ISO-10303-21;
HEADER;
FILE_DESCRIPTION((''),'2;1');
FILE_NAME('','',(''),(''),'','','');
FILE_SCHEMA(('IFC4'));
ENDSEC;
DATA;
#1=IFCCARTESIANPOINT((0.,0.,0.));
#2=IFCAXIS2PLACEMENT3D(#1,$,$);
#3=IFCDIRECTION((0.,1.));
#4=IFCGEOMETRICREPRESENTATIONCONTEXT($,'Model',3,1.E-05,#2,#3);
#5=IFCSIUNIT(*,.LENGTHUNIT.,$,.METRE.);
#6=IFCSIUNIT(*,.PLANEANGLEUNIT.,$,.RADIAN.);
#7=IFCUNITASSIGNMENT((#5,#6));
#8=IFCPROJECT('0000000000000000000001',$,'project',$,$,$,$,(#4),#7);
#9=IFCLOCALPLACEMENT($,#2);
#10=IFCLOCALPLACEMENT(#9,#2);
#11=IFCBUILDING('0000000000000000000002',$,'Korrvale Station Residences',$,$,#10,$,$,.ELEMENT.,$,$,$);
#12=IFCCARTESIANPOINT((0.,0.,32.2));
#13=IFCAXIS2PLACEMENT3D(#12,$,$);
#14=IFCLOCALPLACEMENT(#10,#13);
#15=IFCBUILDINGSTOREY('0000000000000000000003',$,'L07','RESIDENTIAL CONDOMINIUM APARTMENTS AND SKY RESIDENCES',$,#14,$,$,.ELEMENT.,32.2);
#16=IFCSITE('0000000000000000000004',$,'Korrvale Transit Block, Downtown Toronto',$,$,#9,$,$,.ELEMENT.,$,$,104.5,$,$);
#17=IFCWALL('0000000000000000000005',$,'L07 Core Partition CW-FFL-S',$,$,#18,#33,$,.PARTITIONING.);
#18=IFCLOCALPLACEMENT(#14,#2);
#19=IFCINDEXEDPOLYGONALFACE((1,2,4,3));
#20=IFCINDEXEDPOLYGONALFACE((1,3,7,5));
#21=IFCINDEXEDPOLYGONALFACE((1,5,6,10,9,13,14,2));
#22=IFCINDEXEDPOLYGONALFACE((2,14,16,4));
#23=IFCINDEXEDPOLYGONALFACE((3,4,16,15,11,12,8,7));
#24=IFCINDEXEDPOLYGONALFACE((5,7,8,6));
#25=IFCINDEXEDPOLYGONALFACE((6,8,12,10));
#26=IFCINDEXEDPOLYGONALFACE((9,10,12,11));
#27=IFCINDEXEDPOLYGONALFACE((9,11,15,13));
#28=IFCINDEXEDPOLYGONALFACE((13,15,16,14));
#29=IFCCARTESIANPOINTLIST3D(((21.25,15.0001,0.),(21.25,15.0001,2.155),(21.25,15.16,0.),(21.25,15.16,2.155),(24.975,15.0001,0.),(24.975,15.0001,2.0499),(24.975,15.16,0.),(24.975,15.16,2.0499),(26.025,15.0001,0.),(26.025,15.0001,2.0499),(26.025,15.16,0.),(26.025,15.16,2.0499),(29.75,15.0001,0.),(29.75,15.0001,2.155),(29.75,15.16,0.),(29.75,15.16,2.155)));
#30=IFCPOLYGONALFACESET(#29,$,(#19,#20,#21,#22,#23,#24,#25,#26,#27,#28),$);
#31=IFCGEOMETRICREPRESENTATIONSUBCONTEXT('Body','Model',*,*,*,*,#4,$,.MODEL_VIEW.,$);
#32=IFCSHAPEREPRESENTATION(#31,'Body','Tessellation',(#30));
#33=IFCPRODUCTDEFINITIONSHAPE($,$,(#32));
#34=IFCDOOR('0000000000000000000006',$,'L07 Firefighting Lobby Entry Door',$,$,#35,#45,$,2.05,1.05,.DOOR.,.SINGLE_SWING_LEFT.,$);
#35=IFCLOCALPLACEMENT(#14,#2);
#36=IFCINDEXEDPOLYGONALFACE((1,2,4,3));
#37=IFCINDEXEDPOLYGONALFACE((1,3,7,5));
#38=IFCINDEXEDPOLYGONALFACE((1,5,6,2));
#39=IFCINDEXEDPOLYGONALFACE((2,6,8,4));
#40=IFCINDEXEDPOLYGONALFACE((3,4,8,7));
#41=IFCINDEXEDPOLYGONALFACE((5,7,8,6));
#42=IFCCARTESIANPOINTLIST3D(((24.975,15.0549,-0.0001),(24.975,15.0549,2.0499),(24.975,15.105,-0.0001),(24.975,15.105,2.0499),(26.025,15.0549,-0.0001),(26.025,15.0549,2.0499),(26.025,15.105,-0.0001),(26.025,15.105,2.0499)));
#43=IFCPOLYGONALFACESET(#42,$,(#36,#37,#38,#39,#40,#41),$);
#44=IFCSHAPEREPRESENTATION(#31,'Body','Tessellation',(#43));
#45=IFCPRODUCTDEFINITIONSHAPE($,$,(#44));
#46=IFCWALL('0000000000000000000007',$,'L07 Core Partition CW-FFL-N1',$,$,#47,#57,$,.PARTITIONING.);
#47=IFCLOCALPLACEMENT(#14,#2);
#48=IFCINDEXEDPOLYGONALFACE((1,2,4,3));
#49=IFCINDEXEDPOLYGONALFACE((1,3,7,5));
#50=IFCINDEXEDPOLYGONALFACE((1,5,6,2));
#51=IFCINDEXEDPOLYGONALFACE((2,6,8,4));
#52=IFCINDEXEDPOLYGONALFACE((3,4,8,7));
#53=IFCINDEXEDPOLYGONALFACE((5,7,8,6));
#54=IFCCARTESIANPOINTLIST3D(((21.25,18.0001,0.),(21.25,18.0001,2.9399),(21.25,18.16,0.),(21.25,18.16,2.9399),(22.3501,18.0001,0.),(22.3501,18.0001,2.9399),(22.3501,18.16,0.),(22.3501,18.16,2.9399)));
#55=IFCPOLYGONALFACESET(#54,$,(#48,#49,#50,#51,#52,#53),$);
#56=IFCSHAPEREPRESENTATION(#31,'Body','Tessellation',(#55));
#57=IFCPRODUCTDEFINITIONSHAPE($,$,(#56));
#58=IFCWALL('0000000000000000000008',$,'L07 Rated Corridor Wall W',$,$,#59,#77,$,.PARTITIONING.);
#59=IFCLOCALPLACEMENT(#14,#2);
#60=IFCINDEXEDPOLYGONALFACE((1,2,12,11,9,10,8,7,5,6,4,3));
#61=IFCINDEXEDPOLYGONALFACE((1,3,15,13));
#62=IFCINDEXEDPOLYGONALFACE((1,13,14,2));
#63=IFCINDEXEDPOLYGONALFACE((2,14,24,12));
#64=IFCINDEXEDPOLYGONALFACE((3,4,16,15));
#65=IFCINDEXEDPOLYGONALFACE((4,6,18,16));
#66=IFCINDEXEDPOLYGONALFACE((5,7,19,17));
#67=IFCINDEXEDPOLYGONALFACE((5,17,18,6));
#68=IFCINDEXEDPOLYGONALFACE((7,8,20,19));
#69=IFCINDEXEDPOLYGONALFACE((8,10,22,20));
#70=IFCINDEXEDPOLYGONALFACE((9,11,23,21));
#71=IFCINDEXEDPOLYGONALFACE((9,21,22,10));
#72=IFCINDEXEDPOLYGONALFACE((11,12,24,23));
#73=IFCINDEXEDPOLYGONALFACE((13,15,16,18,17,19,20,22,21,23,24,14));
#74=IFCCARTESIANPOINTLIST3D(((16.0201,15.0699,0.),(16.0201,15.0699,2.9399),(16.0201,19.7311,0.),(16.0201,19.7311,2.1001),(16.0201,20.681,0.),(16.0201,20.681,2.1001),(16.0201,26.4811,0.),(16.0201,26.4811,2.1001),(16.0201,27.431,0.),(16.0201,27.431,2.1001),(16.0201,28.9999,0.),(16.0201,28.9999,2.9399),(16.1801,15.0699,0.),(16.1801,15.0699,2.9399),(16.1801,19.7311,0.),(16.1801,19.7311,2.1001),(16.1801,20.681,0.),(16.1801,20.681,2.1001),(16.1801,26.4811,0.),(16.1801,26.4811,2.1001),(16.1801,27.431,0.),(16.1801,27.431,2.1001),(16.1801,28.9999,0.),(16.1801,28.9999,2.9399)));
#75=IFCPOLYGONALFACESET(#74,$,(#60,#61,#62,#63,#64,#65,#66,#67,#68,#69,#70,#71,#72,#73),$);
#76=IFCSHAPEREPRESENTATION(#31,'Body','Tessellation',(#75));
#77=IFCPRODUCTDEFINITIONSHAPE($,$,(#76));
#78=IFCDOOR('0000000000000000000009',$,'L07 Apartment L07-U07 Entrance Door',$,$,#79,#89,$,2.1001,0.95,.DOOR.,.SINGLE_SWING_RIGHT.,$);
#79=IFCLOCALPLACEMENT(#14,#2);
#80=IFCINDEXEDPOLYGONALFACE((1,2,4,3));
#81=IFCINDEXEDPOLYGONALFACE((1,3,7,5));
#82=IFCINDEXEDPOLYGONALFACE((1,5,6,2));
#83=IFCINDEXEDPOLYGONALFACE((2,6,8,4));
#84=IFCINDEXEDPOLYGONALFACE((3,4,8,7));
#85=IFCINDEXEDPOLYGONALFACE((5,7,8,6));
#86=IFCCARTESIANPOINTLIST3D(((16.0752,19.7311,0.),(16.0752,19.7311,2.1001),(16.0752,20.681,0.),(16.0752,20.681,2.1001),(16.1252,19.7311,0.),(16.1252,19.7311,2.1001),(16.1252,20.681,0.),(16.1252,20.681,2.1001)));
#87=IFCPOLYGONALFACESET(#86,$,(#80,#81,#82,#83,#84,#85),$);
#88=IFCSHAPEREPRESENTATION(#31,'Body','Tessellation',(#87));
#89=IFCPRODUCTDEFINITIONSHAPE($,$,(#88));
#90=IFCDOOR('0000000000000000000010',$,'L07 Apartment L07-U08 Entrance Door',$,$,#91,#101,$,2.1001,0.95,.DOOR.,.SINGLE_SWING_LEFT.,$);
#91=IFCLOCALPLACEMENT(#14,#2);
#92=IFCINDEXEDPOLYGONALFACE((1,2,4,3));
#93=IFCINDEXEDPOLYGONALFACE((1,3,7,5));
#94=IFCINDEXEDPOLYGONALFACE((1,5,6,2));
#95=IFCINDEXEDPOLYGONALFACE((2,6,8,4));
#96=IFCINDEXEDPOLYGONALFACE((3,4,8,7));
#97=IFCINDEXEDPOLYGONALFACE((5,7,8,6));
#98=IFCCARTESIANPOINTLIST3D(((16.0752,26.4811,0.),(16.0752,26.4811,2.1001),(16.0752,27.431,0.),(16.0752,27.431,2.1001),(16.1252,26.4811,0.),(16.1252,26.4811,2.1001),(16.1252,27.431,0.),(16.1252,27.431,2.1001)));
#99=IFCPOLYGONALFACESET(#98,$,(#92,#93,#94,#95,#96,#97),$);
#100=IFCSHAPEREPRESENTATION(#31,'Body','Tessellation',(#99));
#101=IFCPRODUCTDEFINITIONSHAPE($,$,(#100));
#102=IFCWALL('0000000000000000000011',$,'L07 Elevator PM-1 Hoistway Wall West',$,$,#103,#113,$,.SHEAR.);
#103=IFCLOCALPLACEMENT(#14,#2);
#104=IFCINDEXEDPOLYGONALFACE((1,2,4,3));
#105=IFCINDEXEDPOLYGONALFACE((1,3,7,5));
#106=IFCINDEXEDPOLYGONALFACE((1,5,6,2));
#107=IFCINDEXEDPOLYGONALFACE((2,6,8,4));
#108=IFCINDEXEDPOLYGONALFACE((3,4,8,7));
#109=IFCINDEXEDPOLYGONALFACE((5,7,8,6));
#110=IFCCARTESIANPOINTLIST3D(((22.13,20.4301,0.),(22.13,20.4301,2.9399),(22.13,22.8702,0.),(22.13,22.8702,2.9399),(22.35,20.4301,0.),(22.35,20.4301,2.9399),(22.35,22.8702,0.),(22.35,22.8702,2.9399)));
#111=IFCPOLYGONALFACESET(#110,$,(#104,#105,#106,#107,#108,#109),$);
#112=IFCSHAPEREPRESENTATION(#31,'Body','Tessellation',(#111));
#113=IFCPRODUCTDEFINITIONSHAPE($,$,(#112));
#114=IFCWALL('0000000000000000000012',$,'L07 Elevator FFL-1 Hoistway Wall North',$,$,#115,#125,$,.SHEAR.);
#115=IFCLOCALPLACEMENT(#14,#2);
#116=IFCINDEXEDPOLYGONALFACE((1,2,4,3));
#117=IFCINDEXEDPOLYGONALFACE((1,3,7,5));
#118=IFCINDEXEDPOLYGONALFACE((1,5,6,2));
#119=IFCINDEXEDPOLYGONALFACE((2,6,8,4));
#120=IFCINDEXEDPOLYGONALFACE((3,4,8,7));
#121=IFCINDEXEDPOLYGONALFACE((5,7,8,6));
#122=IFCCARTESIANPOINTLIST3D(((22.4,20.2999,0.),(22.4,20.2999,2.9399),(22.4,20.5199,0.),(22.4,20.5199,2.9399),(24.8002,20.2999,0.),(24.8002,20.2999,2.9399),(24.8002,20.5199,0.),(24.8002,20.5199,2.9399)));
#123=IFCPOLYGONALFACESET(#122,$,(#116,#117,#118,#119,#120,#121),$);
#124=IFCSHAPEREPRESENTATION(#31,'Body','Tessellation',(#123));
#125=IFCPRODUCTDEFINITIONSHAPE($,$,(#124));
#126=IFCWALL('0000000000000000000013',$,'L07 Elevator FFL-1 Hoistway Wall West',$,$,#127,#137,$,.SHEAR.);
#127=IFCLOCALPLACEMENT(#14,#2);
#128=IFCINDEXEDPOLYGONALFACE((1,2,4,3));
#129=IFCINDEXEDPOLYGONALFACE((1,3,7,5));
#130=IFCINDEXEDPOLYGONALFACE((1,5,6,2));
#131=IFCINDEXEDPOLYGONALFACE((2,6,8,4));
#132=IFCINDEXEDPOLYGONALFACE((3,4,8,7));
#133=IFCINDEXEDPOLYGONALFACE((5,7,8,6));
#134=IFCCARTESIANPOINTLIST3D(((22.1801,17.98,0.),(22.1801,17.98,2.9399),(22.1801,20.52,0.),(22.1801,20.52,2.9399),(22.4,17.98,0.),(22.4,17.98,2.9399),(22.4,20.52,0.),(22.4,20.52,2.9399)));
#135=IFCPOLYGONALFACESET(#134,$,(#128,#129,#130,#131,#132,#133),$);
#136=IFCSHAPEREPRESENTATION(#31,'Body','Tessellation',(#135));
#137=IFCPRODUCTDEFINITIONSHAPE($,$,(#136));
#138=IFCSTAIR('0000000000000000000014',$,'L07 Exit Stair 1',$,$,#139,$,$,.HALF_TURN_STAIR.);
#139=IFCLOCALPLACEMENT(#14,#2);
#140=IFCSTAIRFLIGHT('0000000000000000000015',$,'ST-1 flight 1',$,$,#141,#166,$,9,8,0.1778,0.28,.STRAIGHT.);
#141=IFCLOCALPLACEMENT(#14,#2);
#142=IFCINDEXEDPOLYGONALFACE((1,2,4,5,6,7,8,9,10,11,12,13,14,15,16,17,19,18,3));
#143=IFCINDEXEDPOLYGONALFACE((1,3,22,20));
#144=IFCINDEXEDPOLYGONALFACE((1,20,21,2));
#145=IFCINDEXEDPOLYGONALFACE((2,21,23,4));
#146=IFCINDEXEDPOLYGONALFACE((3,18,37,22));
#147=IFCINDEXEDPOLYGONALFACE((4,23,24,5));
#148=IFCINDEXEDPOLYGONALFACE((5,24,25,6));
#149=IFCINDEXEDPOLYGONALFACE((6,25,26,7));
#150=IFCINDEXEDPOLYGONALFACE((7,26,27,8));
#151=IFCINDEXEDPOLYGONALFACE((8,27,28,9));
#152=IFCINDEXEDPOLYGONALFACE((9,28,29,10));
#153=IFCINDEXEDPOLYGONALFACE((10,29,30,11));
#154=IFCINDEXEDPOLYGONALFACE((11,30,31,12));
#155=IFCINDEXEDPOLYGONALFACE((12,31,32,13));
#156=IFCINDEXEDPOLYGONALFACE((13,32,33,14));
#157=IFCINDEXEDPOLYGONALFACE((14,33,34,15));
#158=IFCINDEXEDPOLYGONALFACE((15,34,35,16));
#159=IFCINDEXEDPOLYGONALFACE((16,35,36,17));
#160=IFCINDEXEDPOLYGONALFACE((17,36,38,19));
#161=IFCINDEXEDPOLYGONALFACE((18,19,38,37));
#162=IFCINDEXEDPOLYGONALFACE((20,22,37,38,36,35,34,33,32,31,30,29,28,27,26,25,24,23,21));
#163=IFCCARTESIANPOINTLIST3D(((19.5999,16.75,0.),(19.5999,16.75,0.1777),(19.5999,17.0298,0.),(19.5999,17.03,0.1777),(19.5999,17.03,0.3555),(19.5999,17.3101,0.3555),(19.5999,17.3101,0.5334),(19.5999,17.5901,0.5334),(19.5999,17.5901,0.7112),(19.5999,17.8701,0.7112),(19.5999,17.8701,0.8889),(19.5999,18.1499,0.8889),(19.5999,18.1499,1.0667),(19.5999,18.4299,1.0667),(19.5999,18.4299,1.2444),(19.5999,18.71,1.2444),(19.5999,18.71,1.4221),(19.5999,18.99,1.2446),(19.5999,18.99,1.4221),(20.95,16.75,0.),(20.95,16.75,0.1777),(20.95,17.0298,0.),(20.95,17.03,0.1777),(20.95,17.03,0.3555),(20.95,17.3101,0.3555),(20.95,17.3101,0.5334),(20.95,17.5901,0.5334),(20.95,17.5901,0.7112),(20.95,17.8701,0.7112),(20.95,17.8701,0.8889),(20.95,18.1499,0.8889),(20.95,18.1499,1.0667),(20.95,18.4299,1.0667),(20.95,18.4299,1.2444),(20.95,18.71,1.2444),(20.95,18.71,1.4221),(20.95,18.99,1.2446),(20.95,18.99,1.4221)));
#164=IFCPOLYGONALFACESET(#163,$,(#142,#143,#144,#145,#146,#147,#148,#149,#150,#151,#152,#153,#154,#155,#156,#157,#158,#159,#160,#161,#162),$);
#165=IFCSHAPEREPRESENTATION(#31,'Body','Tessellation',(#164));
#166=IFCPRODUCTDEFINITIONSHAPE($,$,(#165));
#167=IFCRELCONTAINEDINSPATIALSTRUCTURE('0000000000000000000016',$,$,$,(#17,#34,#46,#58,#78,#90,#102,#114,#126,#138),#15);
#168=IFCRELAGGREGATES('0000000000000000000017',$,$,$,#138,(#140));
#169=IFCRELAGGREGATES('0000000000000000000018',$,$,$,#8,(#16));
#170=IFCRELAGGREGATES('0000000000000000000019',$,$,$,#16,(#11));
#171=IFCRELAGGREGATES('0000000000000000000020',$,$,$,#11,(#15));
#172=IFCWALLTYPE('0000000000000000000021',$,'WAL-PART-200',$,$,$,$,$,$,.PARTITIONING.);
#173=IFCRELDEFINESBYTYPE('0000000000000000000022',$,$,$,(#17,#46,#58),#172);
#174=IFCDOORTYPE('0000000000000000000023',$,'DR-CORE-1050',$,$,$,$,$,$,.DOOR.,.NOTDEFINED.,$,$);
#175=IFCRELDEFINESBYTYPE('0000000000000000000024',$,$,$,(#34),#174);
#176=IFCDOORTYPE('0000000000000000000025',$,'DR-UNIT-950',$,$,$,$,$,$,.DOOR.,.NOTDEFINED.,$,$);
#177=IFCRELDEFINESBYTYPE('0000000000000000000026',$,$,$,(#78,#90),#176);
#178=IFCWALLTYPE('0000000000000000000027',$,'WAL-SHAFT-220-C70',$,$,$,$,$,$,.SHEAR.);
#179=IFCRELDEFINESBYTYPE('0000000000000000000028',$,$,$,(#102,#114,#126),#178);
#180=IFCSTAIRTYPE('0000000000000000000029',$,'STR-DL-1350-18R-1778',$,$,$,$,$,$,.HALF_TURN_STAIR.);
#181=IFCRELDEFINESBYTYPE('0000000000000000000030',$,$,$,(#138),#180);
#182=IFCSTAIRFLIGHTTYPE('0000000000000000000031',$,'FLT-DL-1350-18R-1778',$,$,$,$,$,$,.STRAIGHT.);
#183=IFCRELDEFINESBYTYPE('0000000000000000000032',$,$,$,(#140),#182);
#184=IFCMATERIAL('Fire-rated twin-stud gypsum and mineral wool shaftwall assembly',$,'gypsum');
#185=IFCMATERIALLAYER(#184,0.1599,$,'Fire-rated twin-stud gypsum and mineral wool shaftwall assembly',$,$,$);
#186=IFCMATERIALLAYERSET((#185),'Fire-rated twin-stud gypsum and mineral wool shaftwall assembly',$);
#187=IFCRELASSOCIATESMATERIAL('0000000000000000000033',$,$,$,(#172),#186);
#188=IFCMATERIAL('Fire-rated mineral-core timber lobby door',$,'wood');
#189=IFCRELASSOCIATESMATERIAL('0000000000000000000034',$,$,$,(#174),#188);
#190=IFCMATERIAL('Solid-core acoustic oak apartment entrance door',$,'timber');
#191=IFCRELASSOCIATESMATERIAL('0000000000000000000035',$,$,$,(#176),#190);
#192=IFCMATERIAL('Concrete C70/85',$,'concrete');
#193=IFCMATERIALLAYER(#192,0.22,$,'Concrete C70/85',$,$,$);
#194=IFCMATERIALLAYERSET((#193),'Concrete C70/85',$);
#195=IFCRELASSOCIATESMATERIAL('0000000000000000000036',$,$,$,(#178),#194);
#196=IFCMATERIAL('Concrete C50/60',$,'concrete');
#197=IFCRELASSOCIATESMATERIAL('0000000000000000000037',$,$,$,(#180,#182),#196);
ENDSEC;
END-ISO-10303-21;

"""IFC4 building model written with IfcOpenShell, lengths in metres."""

from ifc_helpers import new_model, si_unit, direction, frame, frame_2d, origin, place, context, subcontext, project, spatial, polyline, rectangle, outline, extrude, material, layer, layer_set, type_object, element, fill, aggregate, save


model = new_model("IFC4")

# Units and contexts
model_context = context("Model", 3, precision=1e-05, world=origin(), true_north=direction((0.0, 1.0)))
body_context = subcontext(model_context, "Body", "Model", "MODEL_VIEW")
ifc_project = project(units=[si_unit("LENGTHUNIT", "METRE"), si_unit("PLANEANGLEUNIT", "RADIAN")], contexts=[model_context])

# Site, building, storey
site_placement = place(None, origin())
site = spatial("IfcSite", under=ifc_project, at=site_placement, Name="Korrvale Transit Block, Downtown Toronto", CompositionType="ELEMENT", RefElevation=104.5)
building_placement = place(site_placement, origin())
building = spatial("IfcBuilding", under=site, at=building_placement, Name="Korrvale Station Residences", CompositionType="ELEMENT")
storey_placement = place(building_placement, frame((0.0, 0.0, 32.2)))
storey = spatial("IfcBuildingStorey", under=building, at=storey_placement, Name="L07", Description="RESIDENTIAL CONDOMINIUM APARTMENTS AND SKY RESIDENCES", CompositionType="ELEMENT", Elevation=32.2)

# Shared definitions
ifc_material_1 = material(Name="Concrete C70/85", Category="concrete")

# Wall, opening, door
ifc_material_2 = material(Name="Fire-rated twin-stud gypsum and mineral wool shaftwall assembly", Category="gypsum")
ifc_layer_1 = layer(ifc_material_2, 0.1599, Name="Fire-rated twin-stud gypsum and mineral wool shaftwall assembly")
ifc_layer_set_1 = layer_set([ifc_layer_1], Name="Fire-rated twin-stud gypsum and mineral wool shaftwall assembly")
wall_type_1 = type_object("IfcWallType", Name="WAL-PART-200", PredefinedType="PARTITIONING", material=ifc_layer_set_1)
wall_1_placement = place(storey_placement, frame((21.25, 15.0801, 0.0), z_axis=(0.0, 0.0, 1.0), x_axis=(1.0, 0.0, 0.0)))
wall_1 = element("IfcWall", 1, at=wall_1_placement, inside=storey, type_object=wall_type_1, Name="L07 Core Partition CW-FFL-S", PredefinedType="PARTITIONING", context=body_context, shape_type="SweptSolid", body=[
    extrude(rectangle(XDim=8.5, YDim=0.1599, at=frame_2d((4.25, 0.0))), origin(), (0.0, 0.0, 1.0), 2.155),
])
opening_1_placement = place(wall_1_placement, frame((3.7251, 0.0, 0.0)))
opening_1 = element("IfcOpeningElement", 2, at=opening_1_placement, cuts=wall_1, PredefinedType="OPENING", context=body_context, shape_type="SweptSolid", body=[
    extrude(rectangle(XDim=1.05, YDim=2.05, at=frame_2d((0.5249, 1.0249))), frame((0.0, 0.0898, 0.0), z_axis=(0.0, -1.0, 0.0), x_axis=(1.0, 0.0, 0.0)), (0.0, 0.0, 1.0), 0.1799),
])
ifc_material_3 = material(Name="Fire-rated mineral-core timber lobby door", Category="wood")
door_type_1 = type_object("IfcDoorType", Name="DR-CORE-1050", OperationType="NOTDEFINED", PredefinedType="DOOR", material=ifc_material_3)
door_1_placement = place(opening_1_placement, origin())
door_1 = element("IfcDoor", 3, at=door_1_placement, inside=storey, type_object=door_type_1, Name="L07 Firefighting Lobby Entry Door", OperationType="SINGLE_SWING_LEFT", OverallHeight=2.05, OverallWidth=1.05, PredefinedType="DOOR", context=body_context, shape_type="SweptSolid", body=[
    extrude(rectangle(XDim=1.05, YDim=2.05, at=frame_2d((0.5249, 1.0249))), frame((0.0, 0.0249, 0.0), z_axis=(0.0, -1.0, 0.0), x_axis=(1.0, 0.0, 0.0)), (0.0, 0.0, 1.0), 0.05),
])
fill(opening_1, door_1)

# Wall
wall_2_placement = place(storey_placement, frame((21.25, 18.0801, 0.0), z_axis=(0.0, 0.0, 1.0), x_axis=(1.0, 0.0, 0.0)))
element("IfcWall", 4, at=wall_2_placement, inside=storey, type_object=wall_type_1, Name="L07 Core Partition CW-FFL-N1", PredefinedType="PARTITIONING", context=body_context, shape_type="SweptSolid", body=[
    extrude(rectangle(XDim=1.1001, YDim=0.1599, at=frame_2d((0.55, 0.0))), origin(), (0.0, 0.0, 1.0), 2.9399),
])

# Wall, openings, doors
wall_3_placement = place(storey_placement, frame((16.1001, 15.0701, 0.0), z_axis=(0.0, 0.0, 1.0), x_axis=(0.0, 1.0, 0.0)))
wall_3 = element("IfcWall", 5, at=wall_3_placement, inside=storey, type_object=wall_type_1, Name="L07 Rated Corridor Wall W", PredefinedType="PARTITIONING", context=body_context, shape_type="SweptSolid", body=[
    extrude(rectangle(XDim=13.9299, YDim=0.1599, at=frame_2d((6.9648, 0.0))), origin(), (0.0, 0.0, 1.0), 2.9399),
])
opening_2_placement = place(wall_3_placement, frame((4.6609, 0.0, 0.0)))
opening_2 = element("IfcOpeningElement", 6, at=opening_2_placement, cuts=wall_3, PredefinedType="OPENING", context=body_context, shape_type="SweptSolid", body=[
    extrude(rectangle(XDim=0.95, YDim=2.1001, at=frame_2d((0.4751, 1.05))), frame((0.0, 0.0898, 0.0), z_axis=(0.0, -1.0, 0.0), x_axis=(1.0, 0.0, 0.0)), (0.0, 0.0, 1.0), 0.1799),
])
opening_3_placement = place(wall_3_placement, frame((11.4109, 0.0, 0.0)))
opening_3 = element("IfcOpeningElement", 7, at=opening_3_placement, cuts=wall_3, PredefinedType="OPENING", context=body_context, shape_type="SweptSolid", body=[
    extrude(rectangle(XDim=0.95, YDim=2.1001, at=frame_2d((0.4751, 1.05))), frame((0.0, 0.0898, 0.0), z_axis=(0.0, -1.0, 0.0), x_axis=(1.0, 0.0, 0.0)), (0.0, 0.0, 1.0), 0.1799),
])
ifc_material_4 = material(Name="Solid-core acoustic oak apartment entrance door", Category="timber")
door_type_2 = type_object("IfcDoorType", Name="DR-UNIT-950", OperationType="NOTDEFINED", PredefinedType="DOOR", material=ifc_material_4)
door_2_placement = place(opening_2_placement, origin())
door_2 = element("IfcDoor", 8, at=door_2_placement, inside=storey, type_object=door_type_2, Name="L07 Apartment L07-U07 Entrance Door", OperationType="SINGLE_SWING_RIGHT", OverallHeight=2.1001, OverallWidth=0.95, PredefinedType="DOOR", context=body_context, shape_type="SweptSolid", body=[
    extrude(rectangle(XDim=0.95, YDim=2.1001, at=frame_2d((0.4751, 1.05))), frame((0.0, 0.0249, 0.0), z_axis=(0.0, -1.0, 0.0), x_axis=(1.0, 0.0, 0.0)), (0.0, 0.0, 1.0), 0.05),
])
fill(opening_2, door_2)
door_3_placement = place(opening_3_placement, origin())
door_3 = element("IfcDoor", 9, at=door_3_placement, inside=storey, type_object=door_type_2, Name="L07 Apartment L07-U08 Entrance Door", OperationType="SINGLE_SWING_LEFT", OverallHeight=2.1001, OverallWidth=0.95, PredefinedType="DOOR", context=body_context, shape_type="SweptSolid", body=[
    extrude(rectangle(XDim=0.95, YDim=2.1001, at=frame_2d((0.4751, 1.05))), frame((0.0, 0.0249, 0.0), z_axis=(0.0, -1.0, 0.0), x_axis=(1.0, 0.0, 0.0)), (0.0, 0.0, 1.0), 0.05),
])
fill(opening_3, door_3)

# Wall
ifc_layer_2 = layer(ifc_material_1, 0.22, Name="Concrete C70/85")
ifc_layer_set_2 = layer_set([ifc_layer_2], Name="Concrete C70/85")
wall_type_2 = type_object("IfcWallType", Name="WAL-SHAFT-220-C70", PredefinedType="SHEAR", material=ifc_layer_set_2)
wall_4_placement = place(storey_placement, frame((22.24, 20.4299, 0.0), z_axis=(0.0, 0.0, 1.0), x_axis=(0.0, 1.0, 0.0)))
element("IfcWall", 10, at=wall_4_placement, inside=storey, type_object=wall_type_2, Name="L07 Elevator PM-1 Hoistway Wall West", PredefinedType="SHEAR", context=body_context, shape_type="SweptSolid", body=[
    extrude(rectangle(XDim=2.4402, YDim=0.22, at=frame_2d((1.2202, 0.0))), origin(), (0.0, 0.0, 1.0), 2.9399),
])

# Walls
wall_5_placement = place(storey_placement, frame((22.3999, 20.4099, 0.0), z_axis=(0.0, 0.0, 1.0), x_axis=(1.0, 0.0, 0.0)))
element("IfcWall", 11, at=wall_5_placement, inside=storey, type_object=wall_type_2, Name="L07 Elevator FFL-1 Hoistway Wall North", PredefinedType="SHEAR", context=body_context, shape_type="SweptSolid", body=[
    extrude(rectangle(XDim=2.4001, YDim=0.22, at=frame_2d((1.2002, 0.0))), origin(), (0.0, 0.0, 1.0), 2.9399),
])
wall_6_placement = place(storey_placement, frame((22.29, 17.98, 0.0), z_axis=(0.0, 0.0, 1.0), x_axis=(0.0, 1.0, 0.0)))
element("IfcWall", 12, at=wall_6_placement, inside=storey, type_object=wall_type_2, Name="L07 Elevator FFL-1 Hoistway Wall West", PredefinedType="SHEAR", context=body_context, shape_type="SweptSolid", body=[
    extrude(rectangle(XDim=2.54, YDim=0.22, at=frame_2d((1.27, 0.0))), origin(), (0.0, 0.0, 1.0), 2.9399),
])

# Stair, stair flight
ifc_material_5 = material(Name="Concrete C50/60", Category="concrete")
stair_type = type_object("IfcStairType", Name="STR-DL-1350-18R-1778", PredefinedType="HALF_TURN_STAIR", material=ifc_material_5)
stair_placement = place(storey_placement, origin())
stair = element("IfcStair", 13, at=stair_placement, inside=storey, type_object=stair_type, Name="L07 Exit Stair 1", PredefinedType="HALF_TURN_STAIR")
stair_flight_type = type_object("IfcStairFlightType", Name="FLT-DL-1350-18R-1778", PredefinedType="STRAIGHT", material=ifc_material_5)
stair_flight_1_placement = place(storey_placement, frame((20.2749, 16.75, 0.0), z_axis=(0.0, 0.0, 1.0), x_axis=(0.0, 1.0, 0.0)))
stair_flight_1 = element("IfcStairFlight", 14, at=stair_flight_1_placement, type_object=stair_flight_type, Name="ST-1 flight 1", NumberOfRisers=9, NumberOfTreads=8, PredefinedType="STRAIGHT", RiserHeight=0.1778, TreadLength=0.28, context=body_context, shape_type="SweptSolid", body=[
    extrude(outline(polyline([(0.0, 0.0), (0.0, 0.1777), (0.28, 0.1777), (0.28, 0.3555), (0.5601, 0.3555), (0.5601, 0.5334), (0.8401, 0.5334), (0.8401, 0.7112), (1.1201, 0.7112), (1.1201, 0.8889), (1.3999, 0.8889), (1.3999, 1.0667), (1.6799, 1.0667), (1.6799, 1.2444), (1.96, 1.2444), (1.96, 1.4221), (2.24, 1.4221), (2.24, 1.6001), (2.24, 1.2446), (0.2798, 0.0), (0.0, 0.0)])), frame((0.0, 0.675, 0.0), z_axis=(0.0, -1.0, 0.0), x_axis=(1.0, 0.0, 0.0)), (0.0, 0.0, 1.0), 1.3501),
])
aggregate(stair, [stair_flight_1])

save(model, "model.ifc")
